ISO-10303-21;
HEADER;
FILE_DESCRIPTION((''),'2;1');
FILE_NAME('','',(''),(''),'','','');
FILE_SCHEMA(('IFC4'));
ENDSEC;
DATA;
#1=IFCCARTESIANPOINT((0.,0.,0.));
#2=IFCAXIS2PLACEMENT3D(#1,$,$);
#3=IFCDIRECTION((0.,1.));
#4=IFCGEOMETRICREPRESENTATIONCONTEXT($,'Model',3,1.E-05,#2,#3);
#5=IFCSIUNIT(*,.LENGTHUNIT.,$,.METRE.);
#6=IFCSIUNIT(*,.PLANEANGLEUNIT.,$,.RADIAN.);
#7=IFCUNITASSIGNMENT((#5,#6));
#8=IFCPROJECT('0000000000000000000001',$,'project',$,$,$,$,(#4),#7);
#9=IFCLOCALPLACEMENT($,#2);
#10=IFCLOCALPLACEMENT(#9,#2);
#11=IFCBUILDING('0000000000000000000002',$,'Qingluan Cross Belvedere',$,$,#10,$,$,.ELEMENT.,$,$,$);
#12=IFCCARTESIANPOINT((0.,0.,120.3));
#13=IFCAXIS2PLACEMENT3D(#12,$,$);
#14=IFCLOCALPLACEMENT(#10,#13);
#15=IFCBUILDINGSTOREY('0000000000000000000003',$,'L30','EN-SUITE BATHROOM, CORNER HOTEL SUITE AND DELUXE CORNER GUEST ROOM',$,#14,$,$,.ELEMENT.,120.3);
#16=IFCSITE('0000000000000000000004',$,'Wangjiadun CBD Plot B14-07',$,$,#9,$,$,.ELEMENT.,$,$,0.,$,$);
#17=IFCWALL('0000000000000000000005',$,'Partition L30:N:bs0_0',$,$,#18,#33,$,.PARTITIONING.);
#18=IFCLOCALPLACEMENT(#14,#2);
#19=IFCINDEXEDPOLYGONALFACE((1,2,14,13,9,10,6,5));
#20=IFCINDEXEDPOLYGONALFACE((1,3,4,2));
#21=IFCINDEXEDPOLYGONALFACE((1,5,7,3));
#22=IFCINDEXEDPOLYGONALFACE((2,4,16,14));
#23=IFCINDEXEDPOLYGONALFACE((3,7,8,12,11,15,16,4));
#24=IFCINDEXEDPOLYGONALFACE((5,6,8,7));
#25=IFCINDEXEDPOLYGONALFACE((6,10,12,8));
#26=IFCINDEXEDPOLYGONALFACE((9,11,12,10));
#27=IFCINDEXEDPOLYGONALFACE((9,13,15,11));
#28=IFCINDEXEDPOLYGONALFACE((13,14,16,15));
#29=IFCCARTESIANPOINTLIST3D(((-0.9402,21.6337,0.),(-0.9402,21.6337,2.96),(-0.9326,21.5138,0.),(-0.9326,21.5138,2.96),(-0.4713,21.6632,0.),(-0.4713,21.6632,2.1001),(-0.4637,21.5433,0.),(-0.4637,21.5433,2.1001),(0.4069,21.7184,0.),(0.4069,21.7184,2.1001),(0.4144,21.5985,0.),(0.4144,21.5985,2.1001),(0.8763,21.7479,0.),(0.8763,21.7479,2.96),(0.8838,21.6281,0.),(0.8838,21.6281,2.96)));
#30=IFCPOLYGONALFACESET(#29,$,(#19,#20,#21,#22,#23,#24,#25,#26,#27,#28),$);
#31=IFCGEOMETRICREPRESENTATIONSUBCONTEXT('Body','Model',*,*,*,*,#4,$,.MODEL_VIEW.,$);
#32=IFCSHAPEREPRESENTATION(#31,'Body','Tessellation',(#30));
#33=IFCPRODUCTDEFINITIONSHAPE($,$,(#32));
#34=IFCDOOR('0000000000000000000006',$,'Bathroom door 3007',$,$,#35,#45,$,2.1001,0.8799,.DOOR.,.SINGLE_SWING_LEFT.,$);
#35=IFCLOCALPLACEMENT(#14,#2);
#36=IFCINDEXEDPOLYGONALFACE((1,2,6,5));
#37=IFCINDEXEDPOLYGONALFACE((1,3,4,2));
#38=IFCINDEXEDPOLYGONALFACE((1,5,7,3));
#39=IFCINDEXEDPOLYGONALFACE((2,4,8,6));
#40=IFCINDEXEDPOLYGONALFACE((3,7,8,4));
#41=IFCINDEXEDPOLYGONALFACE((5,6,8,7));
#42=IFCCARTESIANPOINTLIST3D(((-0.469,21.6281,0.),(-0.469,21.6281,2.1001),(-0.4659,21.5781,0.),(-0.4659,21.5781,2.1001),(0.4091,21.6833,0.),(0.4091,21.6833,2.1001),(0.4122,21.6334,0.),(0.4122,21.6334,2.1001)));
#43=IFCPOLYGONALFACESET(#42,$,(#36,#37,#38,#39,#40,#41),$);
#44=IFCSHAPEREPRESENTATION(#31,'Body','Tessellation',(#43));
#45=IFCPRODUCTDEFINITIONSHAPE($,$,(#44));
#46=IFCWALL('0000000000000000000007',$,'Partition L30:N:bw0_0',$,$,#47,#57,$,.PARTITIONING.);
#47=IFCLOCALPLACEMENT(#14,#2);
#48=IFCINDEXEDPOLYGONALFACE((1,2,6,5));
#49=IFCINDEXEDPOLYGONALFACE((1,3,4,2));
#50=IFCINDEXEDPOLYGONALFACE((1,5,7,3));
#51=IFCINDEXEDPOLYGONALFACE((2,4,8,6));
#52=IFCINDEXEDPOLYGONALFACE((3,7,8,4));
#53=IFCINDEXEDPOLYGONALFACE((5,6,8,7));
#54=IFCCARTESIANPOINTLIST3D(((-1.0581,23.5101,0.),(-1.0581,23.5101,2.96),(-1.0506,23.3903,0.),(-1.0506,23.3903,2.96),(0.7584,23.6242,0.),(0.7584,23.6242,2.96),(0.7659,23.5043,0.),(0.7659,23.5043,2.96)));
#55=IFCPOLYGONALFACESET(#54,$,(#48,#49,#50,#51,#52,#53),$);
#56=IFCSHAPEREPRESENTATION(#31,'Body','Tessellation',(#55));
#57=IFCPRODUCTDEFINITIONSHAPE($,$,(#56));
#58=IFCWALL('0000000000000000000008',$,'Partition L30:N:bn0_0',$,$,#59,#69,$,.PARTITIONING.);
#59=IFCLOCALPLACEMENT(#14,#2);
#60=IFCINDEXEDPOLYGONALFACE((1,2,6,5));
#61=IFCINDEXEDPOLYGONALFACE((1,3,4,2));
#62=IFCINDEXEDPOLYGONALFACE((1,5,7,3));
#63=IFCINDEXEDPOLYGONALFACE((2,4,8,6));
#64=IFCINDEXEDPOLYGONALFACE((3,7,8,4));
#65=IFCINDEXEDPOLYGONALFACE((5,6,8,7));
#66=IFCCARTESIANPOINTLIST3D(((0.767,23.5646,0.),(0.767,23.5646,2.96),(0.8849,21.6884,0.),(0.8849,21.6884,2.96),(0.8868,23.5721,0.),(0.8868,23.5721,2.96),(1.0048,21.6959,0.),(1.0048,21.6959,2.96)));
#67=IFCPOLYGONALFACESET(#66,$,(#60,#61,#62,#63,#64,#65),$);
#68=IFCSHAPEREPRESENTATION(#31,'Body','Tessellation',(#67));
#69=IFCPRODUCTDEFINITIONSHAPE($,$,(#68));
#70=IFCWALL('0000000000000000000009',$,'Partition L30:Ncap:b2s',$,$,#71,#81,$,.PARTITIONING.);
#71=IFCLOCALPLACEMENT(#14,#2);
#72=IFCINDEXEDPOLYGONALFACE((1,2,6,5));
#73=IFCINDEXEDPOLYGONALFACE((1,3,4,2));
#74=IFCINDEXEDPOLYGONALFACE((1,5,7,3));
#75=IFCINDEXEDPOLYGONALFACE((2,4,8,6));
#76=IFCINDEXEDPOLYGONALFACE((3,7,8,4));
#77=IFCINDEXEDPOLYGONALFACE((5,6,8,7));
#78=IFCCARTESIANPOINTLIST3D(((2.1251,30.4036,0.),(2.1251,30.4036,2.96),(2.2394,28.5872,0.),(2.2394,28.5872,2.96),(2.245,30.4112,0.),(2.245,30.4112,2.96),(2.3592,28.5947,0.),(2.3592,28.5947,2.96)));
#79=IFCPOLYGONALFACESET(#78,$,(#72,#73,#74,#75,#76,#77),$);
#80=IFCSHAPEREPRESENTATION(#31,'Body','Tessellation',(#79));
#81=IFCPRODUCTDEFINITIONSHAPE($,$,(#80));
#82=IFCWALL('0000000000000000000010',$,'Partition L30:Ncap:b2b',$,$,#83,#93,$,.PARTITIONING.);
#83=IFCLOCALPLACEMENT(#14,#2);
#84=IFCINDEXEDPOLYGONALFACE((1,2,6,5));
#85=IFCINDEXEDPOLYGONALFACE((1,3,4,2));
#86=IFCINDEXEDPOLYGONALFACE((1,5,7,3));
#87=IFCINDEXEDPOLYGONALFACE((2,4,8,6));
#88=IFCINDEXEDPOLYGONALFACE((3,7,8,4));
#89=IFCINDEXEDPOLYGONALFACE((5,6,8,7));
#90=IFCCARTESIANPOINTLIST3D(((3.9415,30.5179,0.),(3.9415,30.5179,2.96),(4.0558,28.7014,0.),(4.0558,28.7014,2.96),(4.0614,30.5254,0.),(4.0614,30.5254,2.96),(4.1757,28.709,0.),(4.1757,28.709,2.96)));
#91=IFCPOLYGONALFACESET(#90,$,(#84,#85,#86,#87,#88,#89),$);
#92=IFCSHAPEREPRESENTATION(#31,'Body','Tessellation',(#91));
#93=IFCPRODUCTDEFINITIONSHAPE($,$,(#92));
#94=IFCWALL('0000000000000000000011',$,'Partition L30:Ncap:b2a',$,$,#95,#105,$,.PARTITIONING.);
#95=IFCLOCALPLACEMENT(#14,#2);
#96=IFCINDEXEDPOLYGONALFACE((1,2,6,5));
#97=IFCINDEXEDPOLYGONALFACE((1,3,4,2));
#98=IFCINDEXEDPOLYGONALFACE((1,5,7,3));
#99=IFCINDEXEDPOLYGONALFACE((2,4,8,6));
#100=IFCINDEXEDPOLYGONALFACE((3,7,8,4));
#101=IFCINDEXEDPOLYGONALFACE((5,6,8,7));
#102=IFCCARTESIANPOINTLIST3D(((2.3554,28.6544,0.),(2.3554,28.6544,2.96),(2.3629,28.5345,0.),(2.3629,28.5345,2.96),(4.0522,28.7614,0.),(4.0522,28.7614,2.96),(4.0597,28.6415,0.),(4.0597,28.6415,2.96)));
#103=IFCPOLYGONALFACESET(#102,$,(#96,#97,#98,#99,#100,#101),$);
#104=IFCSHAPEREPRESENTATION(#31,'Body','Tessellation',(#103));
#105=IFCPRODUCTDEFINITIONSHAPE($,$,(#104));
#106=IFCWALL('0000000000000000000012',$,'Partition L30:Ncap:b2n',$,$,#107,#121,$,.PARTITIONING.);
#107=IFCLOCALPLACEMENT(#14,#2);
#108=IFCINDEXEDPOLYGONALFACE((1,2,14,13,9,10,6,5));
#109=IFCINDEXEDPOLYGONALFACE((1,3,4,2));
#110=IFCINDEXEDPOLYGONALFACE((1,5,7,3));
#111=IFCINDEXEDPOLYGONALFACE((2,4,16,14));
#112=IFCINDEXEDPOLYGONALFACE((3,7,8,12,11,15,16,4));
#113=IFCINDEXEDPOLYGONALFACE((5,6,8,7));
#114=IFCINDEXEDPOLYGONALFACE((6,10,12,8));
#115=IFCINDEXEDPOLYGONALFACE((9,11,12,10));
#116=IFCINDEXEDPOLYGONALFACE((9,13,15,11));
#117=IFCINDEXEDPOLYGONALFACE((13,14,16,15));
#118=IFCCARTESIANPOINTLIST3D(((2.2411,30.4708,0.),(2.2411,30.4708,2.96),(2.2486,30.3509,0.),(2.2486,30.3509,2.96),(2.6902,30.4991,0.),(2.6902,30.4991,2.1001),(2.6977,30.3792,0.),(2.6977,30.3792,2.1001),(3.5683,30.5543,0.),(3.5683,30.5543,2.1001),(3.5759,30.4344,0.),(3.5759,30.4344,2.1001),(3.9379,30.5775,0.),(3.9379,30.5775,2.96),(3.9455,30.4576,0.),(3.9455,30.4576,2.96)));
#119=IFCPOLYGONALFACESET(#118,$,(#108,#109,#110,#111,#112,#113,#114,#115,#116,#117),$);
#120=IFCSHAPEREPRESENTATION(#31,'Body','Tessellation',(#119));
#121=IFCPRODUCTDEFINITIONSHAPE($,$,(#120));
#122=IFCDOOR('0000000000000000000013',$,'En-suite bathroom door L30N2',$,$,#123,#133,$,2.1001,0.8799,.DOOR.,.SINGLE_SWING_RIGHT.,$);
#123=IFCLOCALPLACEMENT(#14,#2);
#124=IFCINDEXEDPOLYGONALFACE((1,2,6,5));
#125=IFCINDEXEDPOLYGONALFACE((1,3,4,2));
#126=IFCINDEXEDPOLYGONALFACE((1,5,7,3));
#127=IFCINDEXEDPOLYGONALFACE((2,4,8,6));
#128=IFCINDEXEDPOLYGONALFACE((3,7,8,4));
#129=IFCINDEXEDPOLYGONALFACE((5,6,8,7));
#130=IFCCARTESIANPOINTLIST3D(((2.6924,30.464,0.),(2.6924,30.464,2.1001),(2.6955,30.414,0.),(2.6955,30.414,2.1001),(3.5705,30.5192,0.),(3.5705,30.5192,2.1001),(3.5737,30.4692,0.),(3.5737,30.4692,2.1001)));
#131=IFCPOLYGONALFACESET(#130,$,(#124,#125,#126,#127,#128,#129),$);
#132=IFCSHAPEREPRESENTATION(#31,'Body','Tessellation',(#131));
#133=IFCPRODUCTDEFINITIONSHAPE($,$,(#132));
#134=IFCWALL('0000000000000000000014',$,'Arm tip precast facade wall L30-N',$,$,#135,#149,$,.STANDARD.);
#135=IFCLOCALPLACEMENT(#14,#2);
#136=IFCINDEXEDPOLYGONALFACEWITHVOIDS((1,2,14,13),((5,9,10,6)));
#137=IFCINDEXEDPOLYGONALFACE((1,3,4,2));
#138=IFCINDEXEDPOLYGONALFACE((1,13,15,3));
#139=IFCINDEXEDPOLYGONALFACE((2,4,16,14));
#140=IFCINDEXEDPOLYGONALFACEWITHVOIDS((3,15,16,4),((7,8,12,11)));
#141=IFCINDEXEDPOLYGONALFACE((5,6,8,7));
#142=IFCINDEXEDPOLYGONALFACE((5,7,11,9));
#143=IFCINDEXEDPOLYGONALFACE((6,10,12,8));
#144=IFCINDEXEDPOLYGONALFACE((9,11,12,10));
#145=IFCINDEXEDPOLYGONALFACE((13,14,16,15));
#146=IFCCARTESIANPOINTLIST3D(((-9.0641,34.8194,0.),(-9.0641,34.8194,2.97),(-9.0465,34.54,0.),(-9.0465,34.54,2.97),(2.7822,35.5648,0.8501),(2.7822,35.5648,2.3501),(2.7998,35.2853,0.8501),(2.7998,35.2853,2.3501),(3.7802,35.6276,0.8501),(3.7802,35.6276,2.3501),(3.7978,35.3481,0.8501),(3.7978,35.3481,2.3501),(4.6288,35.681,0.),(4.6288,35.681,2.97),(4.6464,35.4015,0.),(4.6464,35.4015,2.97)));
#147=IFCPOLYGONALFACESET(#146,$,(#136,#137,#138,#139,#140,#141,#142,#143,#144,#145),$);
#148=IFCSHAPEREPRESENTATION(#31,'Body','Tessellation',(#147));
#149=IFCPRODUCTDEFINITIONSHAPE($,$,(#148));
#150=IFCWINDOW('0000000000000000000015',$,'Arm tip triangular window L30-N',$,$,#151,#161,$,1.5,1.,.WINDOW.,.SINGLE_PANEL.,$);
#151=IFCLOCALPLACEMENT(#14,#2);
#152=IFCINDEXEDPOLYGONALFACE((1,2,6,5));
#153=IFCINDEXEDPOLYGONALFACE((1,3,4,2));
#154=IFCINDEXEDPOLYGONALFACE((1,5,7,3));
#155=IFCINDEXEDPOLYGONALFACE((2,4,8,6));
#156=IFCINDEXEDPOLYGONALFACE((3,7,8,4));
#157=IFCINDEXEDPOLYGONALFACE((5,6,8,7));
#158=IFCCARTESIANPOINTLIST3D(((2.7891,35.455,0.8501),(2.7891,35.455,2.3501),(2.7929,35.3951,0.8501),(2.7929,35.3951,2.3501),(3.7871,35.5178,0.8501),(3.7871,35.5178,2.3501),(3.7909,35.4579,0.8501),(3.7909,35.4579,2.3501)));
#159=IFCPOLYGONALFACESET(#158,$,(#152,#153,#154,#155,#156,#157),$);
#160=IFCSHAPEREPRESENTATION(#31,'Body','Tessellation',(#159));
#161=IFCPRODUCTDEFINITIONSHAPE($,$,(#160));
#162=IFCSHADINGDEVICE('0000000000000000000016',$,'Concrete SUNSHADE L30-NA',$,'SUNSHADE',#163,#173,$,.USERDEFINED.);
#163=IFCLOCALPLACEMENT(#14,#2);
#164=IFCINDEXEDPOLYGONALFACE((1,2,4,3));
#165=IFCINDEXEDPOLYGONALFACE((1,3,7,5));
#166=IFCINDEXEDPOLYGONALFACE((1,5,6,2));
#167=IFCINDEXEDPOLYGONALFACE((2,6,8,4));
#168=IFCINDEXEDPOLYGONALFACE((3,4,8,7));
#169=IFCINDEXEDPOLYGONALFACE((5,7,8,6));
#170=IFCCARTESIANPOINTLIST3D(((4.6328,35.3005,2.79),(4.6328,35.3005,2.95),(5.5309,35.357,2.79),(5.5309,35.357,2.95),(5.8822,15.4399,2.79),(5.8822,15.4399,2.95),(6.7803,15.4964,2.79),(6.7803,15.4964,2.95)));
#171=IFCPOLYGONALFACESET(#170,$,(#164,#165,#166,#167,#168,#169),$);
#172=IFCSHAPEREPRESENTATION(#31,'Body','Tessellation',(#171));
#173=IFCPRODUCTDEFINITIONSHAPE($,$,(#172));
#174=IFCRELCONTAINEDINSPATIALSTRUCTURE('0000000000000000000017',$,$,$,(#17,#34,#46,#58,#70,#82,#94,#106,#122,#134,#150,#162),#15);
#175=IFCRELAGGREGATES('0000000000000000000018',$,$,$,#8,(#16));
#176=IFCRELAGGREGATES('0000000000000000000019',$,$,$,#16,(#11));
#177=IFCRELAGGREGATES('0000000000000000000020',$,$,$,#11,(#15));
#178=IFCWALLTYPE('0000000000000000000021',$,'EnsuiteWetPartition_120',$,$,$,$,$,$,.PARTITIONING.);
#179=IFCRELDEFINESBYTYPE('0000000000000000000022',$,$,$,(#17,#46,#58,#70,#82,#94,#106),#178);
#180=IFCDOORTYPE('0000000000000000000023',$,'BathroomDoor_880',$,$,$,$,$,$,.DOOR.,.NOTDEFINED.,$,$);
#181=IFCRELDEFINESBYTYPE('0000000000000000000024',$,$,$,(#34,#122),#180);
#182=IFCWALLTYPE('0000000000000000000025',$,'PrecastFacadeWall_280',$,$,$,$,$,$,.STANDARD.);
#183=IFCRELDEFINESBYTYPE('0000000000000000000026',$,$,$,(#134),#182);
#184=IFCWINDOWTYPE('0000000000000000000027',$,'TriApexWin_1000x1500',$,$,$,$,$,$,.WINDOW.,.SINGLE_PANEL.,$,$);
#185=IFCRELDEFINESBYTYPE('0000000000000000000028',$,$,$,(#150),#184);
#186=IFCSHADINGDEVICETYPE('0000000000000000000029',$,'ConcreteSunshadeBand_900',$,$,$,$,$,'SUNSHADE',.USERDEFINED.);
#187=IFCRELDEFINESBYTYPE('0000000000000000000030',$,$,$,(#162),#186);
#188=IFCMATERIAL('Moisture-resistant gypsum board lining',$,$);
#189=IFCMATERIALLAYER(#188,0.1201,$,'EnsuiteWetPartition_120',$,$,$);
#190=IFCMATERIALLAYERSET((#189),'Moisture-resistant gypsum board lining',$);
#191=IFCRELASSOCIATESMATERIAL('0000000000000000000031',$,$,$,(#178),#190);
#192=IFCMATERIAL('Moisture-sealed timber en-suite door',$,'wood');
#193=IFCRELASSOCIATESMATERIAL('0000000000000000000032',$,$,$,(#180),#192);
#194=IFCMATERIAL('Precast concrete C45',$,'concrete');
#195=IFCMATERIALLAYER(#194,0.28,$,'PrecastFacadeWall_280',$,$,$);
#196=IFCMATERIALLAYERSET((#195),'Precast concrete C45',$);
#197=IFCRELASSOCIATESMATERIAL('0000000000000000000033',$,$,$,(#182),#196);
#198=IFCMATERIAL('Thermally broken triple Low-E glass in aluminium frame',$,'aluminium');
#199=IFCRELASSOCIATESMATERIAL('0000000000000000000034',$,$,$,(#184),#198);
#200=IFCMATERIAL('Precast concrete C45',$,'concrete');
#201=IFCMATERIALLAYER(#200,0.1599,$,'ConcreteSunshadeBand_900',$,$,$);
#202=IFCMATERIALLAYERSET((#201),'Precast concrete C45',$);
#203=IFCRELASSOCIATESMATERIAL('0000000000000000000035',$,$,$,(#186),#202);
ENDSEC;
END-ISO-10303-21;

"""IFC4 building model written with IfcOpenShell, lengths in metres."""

from ifc_helpers import new_model, si_unit, direction, frame, frame_2d, origin, origin_2d, place, context, subcontext, project, spatial, rectangle, extrude, material, layer, layer_set, type_object, element, fill, save


model = new_model("IFC4")

# Units and contexts
model_context = context("Model", 3, precision=1e-05, world=origin(), true_north=direction((0.0, 1.0)))
body_context = subcontext(model_context, "Body", "Model", "MODEL_VIEW")
ifc_project = project(units=[si_unit("LENGTHUNIT", "METRE"), si_unit("PLANEANGLEUNIT", "RADIAN")], contexts=[model_context])

# Site, building, storey
site_placement = place(None, origin())
site = spatial("IfcSite", under=ifc_project, at=site_placement, Name="Wangjiadun CBD Plot B14-07", CompositionType="ELEMENT", RefElevation=0.0)
building_placement = place(site_placement, origin())
building = spatial("IfcBuilding", under=site, at=building_placement, Name="Qingluan Cross Belvedere", CompositionType="ELEMENT")
storey_placement = place(building_placement, frame((0.0, 0.0, 120.3)))
storey = spatial("IfcBuildingStorey", under=building, at=storey_placement, Name="L30", Description="EN-SUITE BATHROOM, CORNER HOTEL SUITE AND DELUXE CORNER GUEST ROOM", CompositionType="ELEMENT", Elevation=120.3)

# Wall, opening, door
ifc_material_1 = material(Name="Moisture-resistant gypsum board lining")
ifc_layer_1 = layer(ifc_material_1, 0.1201, Name="EnsuiteWetPartition_120")
ifc_layer_set_1 = layer_set([ifc_layer_1], Name="Moisture-resistant gypsum board lining")
wall_type_1 = type_object("IfcWallType", Name="EnsuiteWetPartition_120", PredefinedType="PARTITIONING", material=ifc_layer_set_1)
wall_1_placement = place(storey_placement, frame((-0.9365, 21.5737, 0.0), z_axis=(0.0, 0.0, 1.0), x_axis=(0.998027, 0.062779, 0.0)))
wall_1 = element("IfcWall", 1, at=wall_1_placement, inside=storey, type_object=wall_type_1, Name="Partition L30:N:bs0_0", PredefinedType="PARTITIONING", context=body_context, shape_type="SweptSolid", body=[
    extrude(rectangle(XDim=1.8201, YDim=0.1201, at=frame_2d((0.9102, 0.0))), origin(), (0.0, 0.0, 1.0), 2.96),
])
opening_1_placement = place(wall_1_placement, frame((0.47, 0.0, 0.0)))
opening_1 = element("IfcOpeningElement", 2, at=opening_1_placement, cuts=wall_1, PredefinedType="OPENING", context=body_context, shape_type="SweptSolid", body=[
    extrude(rectangle(XDim=0.8799, YDim=2.1001, at=frame_2d((0.4399, 1.05))), frame((0.0, 0.0701, 0.0), z_axis=(0.0, -1.0, 0.0), x_axis=(1.0, 0.0, 0.0)), (0.0, 0.0, 1.0), 0.1401),
])
ifc_material_2 = material(Name="Moisture-sealed timber en-suite door", Category="wood")
door_type = type_object("IfcDoorType", Name="BathroomDoor_880", OperationType="NOTDEFINED", PredefinedType="DOOR", material=ifc_material_2)
door_1_placement = place(opening_1_placement, origin())
door_1 = element("IfcDoor", 3, at=door_1_placement, inside=storey, type_object=door_type, Name="Bathroom door 3007", OperationType="SINGLE_SWING_LEFT", OverallHeight=2.1001, OverallWidth=0.8799, PredefinedType="DOOR", context=body_context, shape_type="SweptSolid", body=[
    extrude(rectangle(XDim=0.8799, YDim=2.1001, at=frame_2d((0.4399, 1.05))), frame((0.0, 0.0249, 0.0), z_axis=(0.0, -1.0, 0.0), x_axis=(1.0, 0.0, 0.0)), (0.0, 0.0, 1.0), 0.05),
])
fill(opening_1, door_1)

# Walls
wall_2_placement = place(storey_placement, frame((-1.0544, 23.4502, 0.0), z_axis=(0.0, 0.0, 1.0), x_axis=(0.998036, 0.062646, 0.0)))
element("IfcWall", 4, at=wall_2_placement, inside=storey, type_object=wall_type_1, Name="Partition L30:N:bw0_0", PredefinedType="PARTITIONING", context=body_context, shape_type="SweptSolid", body=[
    extrude(rectangle(XDim=1.8201, YDim=0.1201, at=frame_2d((0.9102, 0.0))), origin(), (0.0, 0.0, 1.0), 2.96),
])
wall_3_placement = place(storey_placement, frame((0.9448, 21.6921, 0.0), z_axis=(0.0, 0.0, 1.0), x_axis=(-0.062726, 0.998031, 0.0)))
element("IfcWall", 5, at=wall_3_placement, inside=storey, type_object=wall_type_1, Name="Partition L30:N:bn0_0", PredefinedType="PARTITIONING", context=body_context, shape_type="SweptSolid", body=[
    extrude(rectangle(XDim=1.8799, YDim=0.1201, at=frame_2d((0.9399, 0.0))), origin(), (0.0, 0.0, 1.0), 2.96),
])
for number, where, z_axis, x_axis, name in (
    (6, (2.2993, 28.5908, 0.0), (0.0, 0.0, 1.0), (-0.062779, 0.998027, 0.0), "Partition L30:Ncap:b2s"),
    (7, (4.1157, 28.7051, 0.0), (0.0, 0.0, 1.0), (-0.062779, 0.998027, 0.0), "Partition L30:Ncap:b2b"),
):
    element("IfcWall", number, at=place(storey_placement, frame(where, z_axis=z_axis, x_axis=x_axis)), inside=storey, type_object=wall_type_1, Name=name, PredefinedType="PARTITIONING", context=body_context, shape_type="SweptSolid", body=[
        extrude(rectangle(XDim=1.8201, YDim=0.1201, at=frame_2d((0.9102, 0.0))), origin(), (0.0, 0.0, 1.0), 2.96),
    ])
wall_4_placement = place(storey_placement, frame((2.3591, 28.5945, 0.0), z_axis=(0.0, 0.0, 1.0), x_axis=(0.99802, 0.062897, 0.0)))
element("IfcWall", 8, at=wall_4_placement, inside=storey, type_object=wall_type_1, Name="Partition L30:Ncap:b2a", PredefinedType="PARTITIONING", context=body_context, shape_type="SweptSolid", body=[
    extrude(rectangle(XDim=1.7002, YDim=0.1201, at=frame_2d((0.8501, 0.0))), origin(), (0.0, 0.0, 1.0), 2.96),
])

# Wall, opening, door
wall_5_placement = place(storey_placement, frame((2.2449, 30.4109, 0.0), z_axis=(0.0, 0.0, 1.0), x_axis=(0.998029, 0.062754, 0.0)))
wall_5 = element("IfcWall", 9, at=wall_5_placement, inside=storey, type_object=wall_type_1, Name="Partition L30:Ncap:b2n", PredefinedType="PARTITIONING", context=body_context, shape_type="SweptSolid", body=[
    extrude(rectangle(XDim=1.7002, YDim=0.1201, at=frame_2d((0.8501, 0.0))), origin(), (0.0, 0.0, 1.0), 2.96),
])
opening_2_placement = place(wall_5_placement, frame((0.45, 0.0, 0.0)))
opening_2 = element("IfcOpeningElement", 10, at=opening_2_placement, cuts=wall_5, PredefinedType="OPENING", context=body_context, shape_type="SweptSolid", body=[
    extrude(rectangle(XDim=0.8799, YDim=2.1001, at=frame_2d((0.4399, 1.05))), frame((0.0, 0.0701, 0.0), z_axis=(0.0, -1.0, 0.0), x_axis=(1.0, 0.0, 0.0)), (0.0, 0.0, 1.0), 0.1401),
])
door_2_placement = place(opening_2_placement, origin())
door_2 = element("IfcDoor", 11, at=door_2_placement, inside=storey, type_object=door_type, Name="En-suite bathroom door L30N2", OperationType="SINGLE_SWING_RIGHT", OverallHeight=2.1001, OverallWidth=0.8799, PredefinedType="DOOR", context=body_context, shape_type="SweptSolid", body=[
    extrude(rectangle(XDim=0.8799, YDim=2.1001, at=frame_2d((0.4399, 1.05))), frame((0.0, 0.0249, 0.0), z_axis=(0.0, -1.0, 0.0), x_axis=(1.0, 0.0, 0.0)), (0.0, 0.0, 1.0), 0.05),
])
fill(opening_2, door_2)

# Wall, opening, window
ifc_material_3 = material(Name="Precast concrete C45", Category="concrete")
ifc_layer_2 = layer(ifc_material_3, 0.28, Name="PrecastFacadeWall_280")
ifc_layer_set_2 = layer_set([ifc_layer_2], Name="Precast concrete C45")
wall_type_2 = type_object("IfcWallType", Name="PrecastFacadeWall_280", PredefinedType="STANDARD", material=ifc_layer_set_2)
wall_6_placement = place(storey_placement, frame((4.6375, 35.5413, 0.0), z_axis=(0.0, 0.0, 1.0), x_axis=(-0.998026, -0.062797, 0.0)))
wall_6 = element("IfcWall", 12, at=wall_6_placement, inside=storey, type_object=wall_type_2, Name="Arm tip precast facade wall L30-N", PredefinedType="STANDARD", context=body_context, shape_type="SweptSolid", body=[
    extrude(rectangle(XDim=13.72, YDim=0.28, at=frame_2d((6.8599, 0.0))), origin(), (0.0, 0.0, 1.0), 2.97),
])
opening_3_placement = place(wall_6_placement, frame((0.8501, 0.0, 0.8501)))
opening_3 = element("IfcOpeningElement", 13, at=opening_3_placement, cuts=wall_6, PredefinedType="OPENING", context=body_context, shape_type="SweptSolid", body=[
    extrude(rectangle(XDim=1.0, YDim=1.5, at=frame_2d((0.5, 0.75))), frame((0.0, 0.1499, 0.0), z_axis=(0.0, -1.0, 0.0), x_axis=(1.0, 0.0, 0.0)), (0.0, 0.0, 1.0), 0.3),
])
ifc_material_4 = material(Name="Thermally broken triple Low-E glass in aluminium frame", Category="aluminium")
window_type = type_object("IfcWindowType", Name="TriApexWin_1000x1500", PartitioningType="SINGLE_PANEL", PredefinedType="WINDOW", material=ifc_material_4)
window_placement = place(opening_3_placement, origin())
window = element("IfcWindow", 14, at=window_placement, inside=storey, type_object=window_type, Name="Arm tip triangular window L30-N", OverallHeight=1.5, OverallWidth=1.0, PartitioningType="SINGLE_PANEL", PredefinedType="WINDOW", context=body_context, shape_type="SweptSolid", body=[
    extrude(rectangle(XDim=1.0, YDim=1.5, at=frame_2d((0.5, 0.75))), frame((0.0, 0.03, 0.0), z_axis=(0.0, -1.0, 0.0), x_axis=(1.0, 0.0, 0.0)), (0.0, 0.0, 1.0), 0.0601),
])
fill(opening_3, window)

# Shading device
ifc_material_5 = material(Name="Precast concrete C45", Category="concrete")
ifc_layer_3 = layer(ifc_material_5, 0.1599, Name="ConcreteSunshadeBand_900")
ifc_layer_set_3 = layer_set([ifc_layer_3], Name="Precast concrete C45")
shading_device_type = type_object("IfcShadingDeviceType", Name="ConcreteSunshadeBand_900", ElementType="SUNSHADE", PredefinedType="USERDEFINED", material=ifc_layer_set_3)
shading_device_placement = place(storey_placement, frame((5.7065, 25.3984, 2.79), z_axis=(0.0, 0.0, 1.0), x_axis=(-0.062786, 0.998027, 0.0)))
element("IfcShadingDevice", 15, at=shading_device_placement, inside=storey, type_object=shading_device_type, Name="Concrete SUNSHADE L30-NA", ObjectType="SUNSHADE", PredefinedType="USERDEFINED", context=body_context, shape_type="SweptSolid", body=[
    extrude(rectangle(XDim=19.8999, YDim=0.8999, at=origin_2d()), origin(), (0.0, 0.0, 1.0), 0.1599),
])

save(model, "model.ifc")
